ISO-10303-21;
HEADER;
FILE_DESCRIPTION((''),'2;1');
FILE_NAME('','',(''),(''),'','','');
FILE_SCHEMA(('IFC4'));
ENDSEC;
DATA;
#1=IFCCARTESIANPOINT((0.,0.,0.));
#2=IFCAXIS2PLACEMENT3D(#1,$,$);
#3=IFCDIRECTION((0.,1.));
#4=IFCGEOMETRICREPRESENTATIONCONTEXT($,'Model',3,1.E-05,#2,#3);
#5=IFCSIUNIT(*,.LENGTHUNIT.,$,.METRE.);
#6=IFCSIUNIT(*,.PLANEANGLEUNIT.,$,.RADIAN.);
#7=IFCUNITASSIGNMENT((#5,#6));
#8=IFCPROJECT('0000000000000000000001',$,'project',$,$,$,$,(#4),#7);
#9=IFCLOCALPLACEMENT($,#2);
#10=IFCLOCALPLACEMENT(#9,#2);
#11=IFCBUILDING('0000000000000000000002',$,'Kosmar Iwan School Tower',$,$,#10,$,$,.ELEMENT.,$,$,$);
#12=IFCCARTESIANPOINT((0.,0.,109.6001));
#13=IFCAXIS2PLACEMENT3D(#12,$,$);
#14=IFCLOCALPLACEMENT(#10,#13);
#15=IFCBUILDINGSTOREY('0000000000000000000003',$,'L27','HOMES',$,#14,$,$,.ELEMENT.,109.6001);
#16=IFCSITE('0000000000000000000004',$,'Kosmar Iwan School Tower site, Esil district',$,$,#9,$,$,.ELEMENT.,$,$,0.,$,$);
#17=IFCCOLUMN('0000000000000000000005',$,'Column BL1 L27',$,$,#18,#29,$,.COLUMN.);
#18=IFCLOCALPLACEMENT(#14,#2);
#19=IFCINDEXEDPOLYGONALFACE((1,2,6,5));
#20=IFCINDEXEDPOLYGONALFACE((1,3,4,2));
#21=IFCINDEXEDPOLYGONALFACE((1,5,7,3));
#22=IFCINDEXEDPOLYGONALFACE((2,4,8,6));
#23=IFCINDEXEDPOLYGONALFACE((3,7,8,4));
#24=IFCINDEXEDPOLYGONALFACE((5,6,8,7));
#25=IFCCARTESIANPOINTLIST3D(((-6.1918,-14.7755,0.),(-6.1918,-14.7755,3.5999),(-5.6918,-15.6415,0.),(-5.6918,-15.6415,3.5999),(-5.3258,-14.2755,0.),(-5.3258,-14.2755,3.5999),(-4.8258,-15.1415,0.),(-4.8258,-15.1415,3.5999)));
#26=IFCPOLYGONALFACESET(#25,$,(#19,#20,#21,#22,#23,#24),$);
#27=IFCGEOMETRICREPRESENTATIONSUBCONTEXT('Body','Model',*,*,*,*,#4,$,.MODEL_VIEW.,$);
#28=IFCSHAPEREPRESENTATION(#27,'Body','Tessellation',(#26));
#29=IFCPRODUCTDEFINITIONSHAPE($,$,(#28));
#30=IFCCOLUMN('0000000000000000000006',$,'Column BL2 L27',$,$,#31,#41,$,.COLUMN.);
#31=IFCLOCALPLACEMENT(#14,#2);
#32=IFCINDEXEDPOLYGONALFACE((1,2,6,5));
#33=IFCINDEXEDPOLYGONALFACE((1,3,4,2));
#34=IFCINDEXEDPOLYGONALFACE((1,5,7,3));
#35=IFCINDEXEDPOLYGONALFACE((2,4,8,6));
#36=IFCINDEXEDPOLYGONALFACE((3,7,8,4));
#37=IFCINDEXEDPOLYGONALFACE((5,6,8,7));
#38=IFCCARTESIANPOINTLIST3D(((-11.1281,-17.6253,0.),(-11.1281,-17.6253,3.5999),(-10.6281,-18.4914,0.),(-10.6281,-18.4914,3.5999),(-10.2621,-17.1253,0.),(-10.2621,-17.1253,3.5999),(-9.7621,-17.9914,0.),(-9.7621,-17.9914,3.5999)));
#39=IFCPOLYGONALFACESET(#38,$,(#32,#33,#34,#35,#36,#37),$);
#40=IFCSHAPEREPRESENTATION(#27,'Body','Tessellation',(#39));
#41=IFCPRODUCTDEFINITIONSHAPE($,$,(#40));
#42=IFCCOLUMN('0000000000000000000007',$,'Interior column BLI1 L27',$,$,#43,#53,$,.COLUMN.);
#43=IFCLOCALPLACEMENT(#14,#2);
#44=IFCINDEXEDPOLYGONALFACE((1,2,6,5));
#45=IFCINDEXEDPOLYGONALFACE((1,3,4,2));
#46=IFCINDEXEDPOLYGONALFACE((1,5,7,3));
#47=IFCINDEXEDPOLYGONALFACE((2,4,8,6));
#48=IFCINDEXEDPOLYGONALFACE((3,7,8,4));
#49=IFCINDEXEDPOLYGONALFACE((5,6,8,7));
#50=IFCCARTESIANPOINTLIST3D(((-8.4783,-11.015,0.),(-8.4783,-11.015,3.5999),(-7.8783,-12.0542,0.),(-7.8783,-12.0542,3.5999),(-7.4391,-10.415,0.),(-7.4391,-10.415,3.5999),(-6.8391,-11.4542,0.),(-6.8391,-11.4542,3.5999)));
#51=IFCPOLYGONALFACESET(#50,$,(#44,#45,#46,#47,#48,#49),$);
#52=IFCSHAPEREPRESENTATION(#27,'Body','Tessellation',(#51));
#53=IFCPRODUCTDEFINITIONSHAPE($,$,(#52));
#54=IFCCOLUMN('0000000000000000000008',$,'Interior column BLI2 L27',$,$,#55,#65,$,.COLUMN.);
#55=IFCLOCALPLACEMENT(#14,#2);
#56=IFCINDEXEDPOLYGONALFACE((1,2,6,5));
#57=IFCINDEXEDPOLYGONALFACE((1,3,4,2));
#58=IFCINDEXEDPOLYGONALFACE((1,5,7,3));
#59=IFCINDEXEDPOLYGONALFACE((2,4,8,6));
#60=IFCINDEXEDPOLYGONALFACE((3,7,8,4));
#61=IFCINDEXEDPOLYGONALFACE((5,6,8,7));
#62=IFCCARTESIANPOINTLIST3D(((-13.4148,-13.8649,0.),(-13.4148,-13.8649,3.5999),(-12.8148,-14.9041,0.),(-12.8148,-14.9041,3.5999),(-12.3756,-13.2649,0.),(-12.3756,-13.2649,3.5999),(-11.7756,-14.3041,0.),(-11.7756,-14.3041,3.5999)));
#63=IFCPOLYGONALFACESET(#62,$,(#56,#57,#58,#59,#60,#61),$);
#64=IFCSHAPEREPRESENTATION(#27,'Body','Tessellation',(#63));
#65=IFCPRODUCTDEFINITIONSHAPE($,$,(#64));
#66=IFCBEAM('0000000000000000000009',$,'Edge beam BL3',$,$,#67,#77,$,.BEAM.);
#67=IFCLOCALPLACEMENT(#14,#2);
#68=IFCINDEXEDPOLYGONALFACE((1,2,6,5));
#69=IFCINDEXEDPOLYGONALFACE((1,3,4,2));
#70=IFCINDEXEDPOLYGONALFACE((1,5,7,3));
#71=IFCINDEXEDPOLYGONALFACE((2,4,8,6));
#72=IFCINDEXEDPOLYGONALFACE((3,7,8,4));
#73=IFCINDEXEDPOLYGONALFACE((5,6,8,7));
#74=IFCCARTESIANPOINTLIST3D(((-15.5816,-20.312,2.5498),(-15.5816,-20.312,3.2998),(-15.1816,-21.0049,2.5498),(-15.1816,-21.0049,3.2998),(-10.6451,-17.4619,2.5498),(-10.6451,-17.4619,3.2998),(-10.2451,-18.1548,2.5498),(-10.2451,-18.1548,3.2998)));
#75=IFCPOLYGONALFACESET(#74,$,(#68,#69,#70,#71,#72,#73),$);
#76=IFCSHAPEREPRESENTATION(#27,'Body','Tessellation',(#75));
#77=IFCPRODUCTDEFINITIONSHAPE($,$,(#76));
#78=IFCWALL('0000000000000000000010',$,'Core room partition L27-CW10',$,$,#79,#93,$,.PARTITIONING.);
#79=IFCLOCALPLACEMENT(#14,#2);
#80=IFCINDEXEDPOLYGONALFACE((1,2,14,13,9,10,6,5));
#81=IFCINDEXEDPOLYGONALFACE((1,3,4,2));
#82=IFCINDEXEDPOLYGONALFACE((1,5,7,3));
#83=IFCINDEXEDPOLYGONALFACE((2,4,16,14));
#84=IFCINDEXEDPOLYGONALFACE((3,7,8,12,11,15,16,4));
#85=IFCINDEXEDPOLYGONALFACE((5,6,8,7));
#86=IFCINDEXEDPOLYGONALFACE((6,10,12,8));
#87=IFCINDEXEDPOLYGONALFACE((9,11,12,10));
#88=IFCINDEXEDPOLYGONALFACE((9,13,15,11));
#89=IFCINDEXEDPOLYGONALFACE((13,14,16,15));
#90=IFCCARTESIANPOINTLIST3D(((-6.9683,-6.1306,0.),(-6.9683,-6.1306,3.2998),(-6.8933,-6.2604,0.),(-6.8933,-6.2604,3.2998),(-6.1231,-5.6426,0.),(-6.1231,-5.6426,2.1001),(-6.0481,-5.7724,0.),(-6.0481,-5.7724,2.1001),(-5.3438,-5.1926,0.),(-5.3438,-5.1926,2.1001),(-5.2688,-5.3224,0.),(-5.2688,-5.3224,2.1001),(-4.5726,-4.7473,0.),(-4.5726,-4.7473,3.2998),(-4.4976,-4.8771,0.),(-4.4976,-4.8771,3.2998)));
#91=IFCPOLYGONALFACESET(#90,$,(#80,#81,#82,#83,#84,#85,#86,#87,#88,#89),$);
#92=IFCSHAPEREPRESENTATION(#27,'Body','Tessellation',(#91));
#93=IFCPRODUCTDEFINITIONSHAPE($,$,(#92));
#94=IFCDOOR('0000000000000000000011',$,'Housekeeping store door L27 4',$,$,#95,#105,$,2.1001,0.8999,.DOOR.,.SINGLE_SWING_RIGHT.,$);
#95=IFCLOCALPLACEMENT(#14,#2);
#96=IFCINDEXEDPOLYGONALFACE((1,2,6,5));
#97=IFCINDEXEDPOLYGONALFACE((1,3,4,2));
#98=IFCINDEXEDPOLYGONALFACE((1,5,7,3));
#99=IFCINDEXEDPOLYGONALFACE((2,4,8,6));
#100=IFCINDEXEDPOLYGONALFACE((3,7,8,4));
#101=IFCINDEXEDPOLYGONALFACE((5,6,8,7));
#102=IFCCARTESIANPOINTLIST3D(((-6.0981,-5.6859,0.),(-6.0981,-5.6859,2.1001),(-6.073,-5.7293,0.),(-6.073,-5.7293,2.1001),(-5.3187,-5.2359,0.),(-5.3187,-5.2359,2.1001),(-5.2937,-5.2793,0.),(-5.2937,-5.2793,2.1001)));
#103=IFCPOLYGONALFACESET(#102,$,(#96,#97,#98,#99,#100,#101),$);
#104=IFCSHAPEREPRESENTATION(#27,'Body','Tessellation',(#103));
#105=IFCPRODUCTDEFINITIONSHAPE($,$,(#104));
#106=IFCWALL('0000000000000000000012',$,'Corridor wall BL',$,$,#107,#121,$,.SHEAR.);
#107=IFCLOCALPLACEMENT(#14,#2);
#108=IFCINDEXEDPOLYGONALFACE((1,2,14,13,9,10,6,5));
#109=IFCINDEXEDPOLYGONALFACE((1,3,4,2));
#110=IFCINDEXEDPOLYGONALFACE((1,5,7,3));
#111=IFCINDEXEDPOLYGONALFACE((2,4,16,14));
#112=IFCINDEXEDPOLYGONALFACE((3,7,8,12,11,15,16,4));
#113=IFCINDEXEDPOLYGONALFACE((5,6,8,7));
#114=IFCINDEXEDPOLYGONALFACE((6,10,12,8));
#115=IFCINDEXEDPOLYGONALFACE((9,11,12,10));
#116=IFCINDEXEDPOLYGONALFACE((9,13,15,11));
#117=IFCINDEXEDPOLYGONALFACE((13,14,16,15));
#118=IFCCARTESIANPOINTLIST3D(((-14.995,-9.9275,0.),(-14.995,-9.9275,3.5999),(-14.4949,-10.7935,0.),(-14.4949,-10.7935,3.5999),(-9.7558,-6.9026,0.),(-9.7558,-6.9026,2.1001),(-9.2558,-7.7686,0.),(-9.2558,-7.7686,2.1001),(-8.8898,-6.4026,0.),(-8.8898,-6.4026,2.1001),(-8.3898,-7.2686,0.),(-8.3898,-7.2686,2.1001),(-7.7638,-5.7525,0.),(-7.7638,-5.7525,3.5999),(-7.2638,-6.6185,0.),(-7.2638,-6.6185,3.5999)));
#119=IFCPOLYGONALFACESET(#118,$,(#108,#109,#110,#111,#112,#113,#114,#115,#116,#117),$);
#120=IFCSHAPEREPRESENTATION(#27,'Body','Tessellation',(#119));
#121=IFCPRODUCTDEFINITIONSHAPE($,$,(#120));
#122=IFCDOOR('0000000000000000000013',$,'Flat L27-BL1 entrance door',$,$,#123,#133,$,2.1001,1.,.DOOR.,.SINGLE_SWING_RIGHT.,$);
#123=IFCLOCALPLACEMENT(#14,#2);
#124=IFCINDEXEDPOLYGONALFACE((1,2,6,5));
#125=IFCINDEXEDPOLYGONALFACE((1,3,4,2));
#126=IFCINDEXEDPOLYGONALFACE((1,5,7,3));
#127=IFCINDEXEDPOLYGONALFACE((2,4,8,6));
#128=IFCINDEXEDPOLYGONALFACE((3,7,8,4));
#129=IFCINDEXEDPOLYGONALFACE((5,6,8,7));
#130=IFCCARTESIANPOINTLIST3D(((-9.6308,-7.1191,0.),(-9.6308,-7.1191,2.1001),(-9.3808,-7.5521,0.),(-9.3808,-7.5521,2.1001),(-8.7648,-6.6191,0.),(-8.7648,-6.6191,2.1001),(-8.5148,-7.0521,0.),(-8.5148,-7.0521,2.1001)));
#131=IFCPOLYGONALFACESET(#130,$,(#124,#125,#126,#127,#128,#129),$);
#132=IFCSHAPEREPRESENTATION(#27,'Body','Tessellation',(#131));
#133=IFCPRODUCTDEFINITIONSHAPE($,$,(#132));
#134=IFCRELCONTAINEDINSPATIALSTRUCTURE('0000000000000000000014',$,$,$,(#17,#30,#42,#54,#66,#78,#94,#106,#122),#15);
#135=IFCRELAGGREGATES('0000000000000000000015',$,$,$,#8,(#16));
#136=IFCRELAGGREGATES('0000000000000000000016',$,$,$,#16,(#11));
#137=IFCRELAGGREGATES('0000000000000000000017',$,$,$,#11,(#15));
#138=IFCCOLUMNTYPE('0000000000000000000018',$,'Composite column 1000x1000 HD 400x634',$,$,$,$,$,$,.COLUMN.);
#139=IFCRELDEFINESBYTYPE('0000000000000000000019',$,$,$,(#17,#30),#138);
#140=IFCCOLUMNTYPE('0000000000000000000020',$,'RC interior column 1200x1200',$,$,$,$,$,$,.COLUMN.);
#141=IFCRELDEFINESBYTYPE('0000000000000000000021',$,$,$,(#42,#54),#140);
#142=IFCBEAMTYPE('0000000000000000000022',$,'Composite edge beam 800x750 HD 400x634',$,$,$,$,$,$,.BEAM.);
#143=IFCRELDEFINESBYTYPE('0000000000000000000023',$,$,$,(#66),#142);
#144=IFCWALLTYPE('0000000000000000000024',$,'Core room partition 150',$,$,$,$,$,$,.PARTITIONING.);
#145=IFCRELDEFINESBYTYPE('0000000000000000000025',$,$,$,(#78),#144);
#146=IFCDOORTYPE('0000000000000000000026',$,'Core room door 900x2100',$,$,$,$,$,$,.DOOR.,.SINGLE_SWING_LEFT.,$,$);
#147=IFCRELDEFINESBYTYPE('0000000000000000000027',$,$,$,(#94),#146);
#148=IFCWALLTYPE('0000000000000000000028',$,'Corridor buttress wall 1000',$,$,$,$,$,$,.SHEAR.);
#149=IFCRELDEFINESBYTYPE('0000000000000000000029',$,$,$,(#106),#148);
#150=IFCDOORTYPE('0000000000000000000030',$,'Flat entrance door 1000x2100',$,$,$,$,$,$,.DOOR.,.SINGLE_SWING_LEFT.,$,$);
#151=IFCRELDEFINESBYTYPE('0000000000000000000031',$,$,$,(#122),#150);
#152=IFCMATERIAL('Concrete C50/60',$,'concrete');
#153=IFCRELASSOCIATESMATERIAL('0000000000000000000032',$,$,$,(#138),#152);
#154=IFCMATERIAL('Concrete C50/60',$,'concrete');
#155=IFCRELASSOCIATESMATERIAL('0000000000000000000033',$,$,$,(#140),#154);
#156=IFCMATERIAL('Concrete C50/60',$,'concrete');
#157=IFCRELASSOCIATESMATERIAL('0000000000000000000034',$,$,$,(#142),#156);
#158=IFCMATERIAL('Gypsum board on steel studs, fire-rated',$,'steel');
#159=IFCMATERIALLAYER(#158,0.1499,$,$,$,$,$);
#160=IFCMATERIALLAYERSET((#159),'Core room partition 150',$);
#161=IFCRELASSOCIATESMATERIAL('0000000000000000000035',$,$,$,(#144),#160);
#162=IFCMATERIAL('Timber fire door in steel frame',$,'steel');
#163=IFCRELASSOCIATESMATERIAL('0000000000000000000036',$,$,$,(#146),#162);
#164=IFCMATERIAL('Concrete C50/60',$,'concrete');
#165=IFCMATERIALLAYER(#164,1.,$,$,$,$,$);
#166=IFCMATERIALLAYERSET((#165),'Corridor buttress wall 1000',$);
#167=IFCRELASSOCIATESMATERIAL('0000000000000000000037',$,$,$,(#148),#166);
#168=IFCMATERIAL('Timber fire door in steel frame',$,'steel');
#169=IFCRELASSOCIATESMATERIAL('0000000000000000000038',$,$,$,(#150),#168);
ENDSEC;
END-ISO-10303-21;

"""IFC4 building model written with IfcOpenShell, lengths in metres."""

from ifc_helpers import new_model, si_unit, direction, frame, frame_2d, origin, origin_2d, place, context, subcontext, project, spatial, rectangle, extrude, material, layer, layer_set, material_profile, profile_set, type_object, element, fill, save


model = new_model("IFC4")

# Units and contexts
model_context = context("Model", 3, precision=1e-05, world=origin(), true_north=direction((0.0, 1.0)))
body_context = subcontext(model_context, "Body", "Model", "MODEL_VIEW")
ifc_project = project(units=[si_unit("LENGTHUNIT", "METRE"), si_unit("PLANEANGLEUNIT", "RADIAN")], contexts=[model_context])

# Site, building, storey
site_placement = place(None, origin())
site = spatial("IfcSite", under=ifc_project, at=site_placement, Name="Kosmar Iwan School Tower site, Esil district", CompositionType="ELEMENT", RefElevation=0.0)
building_placement = place(site_placement, origin())
building = spatial("IfcBuilding", under=site, at=building_placement, Name="Kosmar Iwan School Tower", CompositionType="ELEMENT")
storey_placement = place(building_placement, frame((0.0, 0.0, 109.6001)))
storey = spatial("IfcBuildingStorey", under=building, at=storey_placement, Name="L27", Description="HOMES", CompositionType="ELEMENT", Elevation=109.6001)

# Columns
ifc_material_1 = material(Name="Concrete C50/60", Category="concrete")
ifc_material_profile_1 = material_profile(ifc_material_1, rectangle(XDim=1.0, YDim=1.0, at=origin_2d()), Name="RC 1000x1000 + HD 400x634")
ifc_profile_set_1 = profile_set([ifc_material_profile_1], Name="Concrete C50/60")
column_type_1 = type_object("IfcColumnType", Name="Composite column 1000x1000 HD 400x634", PredefinedType="COLUMN", material=ifc_profile_set_1)
for number, where, z_axis, x_axis, name in (
    (1, (-5.5088, -14.9585, 0.0), (0.0, 0.0, 1.0), (-0.866025, -0.5, 0.0), "Column BL1 L27"),
    (2, (-10.4451, -17.8083, 0.0), (0.0, 0.0, 1.0), (-0.866025, -0.5, 0.0), "Column BL2 L27"),
):
    element("IfcColumn", number, at=place(storey_placement, frame(where, z_axis=z_axis, x_axis=x_axis)), inside=storey, type_object=column_type_1, Name=name, PredefinedType="COLUMN", context=body_context, shape_type="SweptSolid", body=[
        extrude(rectangle(XDim=1.0, YDim=1.0, at=origin_2d()), origin(), (0.0, 0.0, 1.0), 3.5999),
    ])
ifc_material_2 = material(Name="Concrete C50/60", Category="concrete")
ifc_material_profile_2 = material_profile(ifc_material_2, rectangle(XDim=1.2, YDim=1.2, at=origin_2d()), Name="RC 1200x1200")
ifc_profile_set_2 = profile_set([ifc_material_profile_2], Name="Concrete C50/60")
column_type_2 = type_object("IfcColumnType", Name="RC interior column 1200x1200", PredefinedType="COLUMN", material=ifc_profile_set_2)
for number, where, z_axis, x_axis, name in (
    (3, (-7.6587, -11.2346, 0.0), (0.0, 0.0, 1.0), (-0.866025, -0.5, 0.0), "Interior column BLI1 L27"),
    (4, (-12.5952, -14.0845, 0.0), (0.0, 0.0, 1.0), (-0.866025, -0.5, 0.0), "Interior column BLI2 L27"),
):
    element("IfcColumn", number, at=place(storey_placement, frame(where, z_axis=z_axis, x_axis=x_axis)), inside=storey, type_object=column_type_2, Name=name, PredefinedType="COLUMN", context=body_context, shape_type="SweptSolid", body=[
        extrude(rectangle(XDim=1.2, YDim=1.2, at=origin_2d()), origin(), (0.0, 0.0, 1.0), 3.5999),
    ])

# Beam
ifc_material_3 = material(Name="Concrete C50/60", Category="concrete")
ifc_material_profile_3 = material_profile(ifc_material_3, rectangle(XDim=0.8, YDim=0.75, at=origin_2d()), Name="RC 800x750 + HD 400x634")
ifc_profile_set_3 = profile_set([ifc_material_profile_3], Name="Concrete C50/60")
beam_type = type_object("IfcBeamType", Name="Composite edge beam 800x750 HD 400x634", PredefinedType="BEAM", material=ifc_profile_set_3)
beam_placement = place(storey_placement, frame((-10.4451, -17.8083, 2.9248), z_axis=(-0.866026, -0.499999, 0.0), x_axis=(0.499999, -0.866026, 0.0)))
element("IfcBeam", 5, at=beam_placement, inside=storey, type_object=beam_type, Name="Edge beam BL3", PredefinedType="BEAM", context=body_context, shape_type="SweptSolid", body=[
    extrude(rectangle(XDim=0.8, YDim=0.75, at=origin_2d()), origin(), (0.0, 0.0, 1.0), 5.7002),
])

# Walls, openings, doors
ifc_material_4 = material(Name="Gypsum board on steel studs, fire-rated", Category="steel")
ifc_layer_1 = layer(ifc_material_4, 0.1499)
ifc_layer_set_1 = layer_set([ifc_layer_1], Name="Core room partition 150")
wall_type_1 = type_object("IfcWallType", Name="Core room partition 150", PredefinedType="PARTITIONING", material=ifc_layer_set_1)
wall_1_placement = place(storey_placement, frame((-6.9309, -6.1956, 0.0), z_axis=(0.0, 0.0, 1.0), x_axis=(0.866008, 0.500031, 0.0)))
wall_1 = element("IfcWall", 6, at=wall_1_placement, inside=storey, type_object=wall_type_1, Name="Core room partition L27-CW10", PredefinedType="PARTITIONING", context=body_context, shape_type="SweptSolid", body=[
    extrude(rectangle(XDim=2.7664, YDim=0.1499, at=frame_2d((1.3833, 0.0))), origin(), (0.0, 0.0, 1.0), 3.2998),
])
opening_1_placement = place(wall_1_placement, frame((0.9761, 0.0, 0.0)))
opening_1 = element("IfcOpeningElement", 7, at=opening_1_placement, cuts=wall_1, PredefinedType="OPENING", context=body_context, shape_type="SweptSolid", body=[
    extrude(rectangle(XDim=0.8999, YDim=2.1001, at=frame_2d((0.45, 1.05))), frame((0.0, 0.0869, 0.0), z_axis=(0.0, -1.0, 0.0), x_axis=(1.0, 0.0, 0.0)), (0.0, 0.0, 1.0), 0.1738),
])
ifc_material_5 = material(Name="Timber fire door in steel frame", Category="steel")
door_type_1 = type_object("IfcDoorType", Name="Core room door 900x2100", OperationType="SINGLE_SWING_LEFT", PredefinedType="DOOR", material=ifc_material_5)
door_1_placement = place(opening_1_placement, origin())
door_1 = element("IfcDoor", 8, at=door_1_placement, inside=storey, type_object=door_type_1, Name="Housekeeping store door L27 4", OperationType="SINGLE_SWING_RIGHT", OverallHeight=2.1001, OverallWidth=0.8999, PredefinedType="DOOR", context=body_context, shape_type="SweptSolid", body=[
    extrude(rectangle(XDim=0.8999, YDim=2.1001, at=frame_2d((0.45, 1.05))), frame((0.0, 0.0249, 0.0), z_axis=(0.0, -1.0, 0.0), x_axis=(1.0, 0.0, 0.0)), (0.0, 0.0, 1.0), 0.05),
])
fill(opening_1, door_1)
ifc_material_6 = material(Name="Concrete C50/60", Category="concrete")
ifc_layer_2 = layer(ifc_material_6, 1.0)
ifc_layer_set_2 = layer_set([ifc_layer_2], Name="Corridor buttress wall 1000")
wall_type_2 = type_object("IfcWallType", Name="Corridor buttress wall 1000", PredefinedType="SHEAR", material=ifc_layer_set_2)
wall_2_placement = place(storey_placement, frame((-7.5139, -6.1855, 0.0), z_axis=(0.0, 0.0, 1.0), x_axis=(-0.86602, -0.50001, 0.0)))
wall_2 = element("IfcWall", 9, at=wall_2_placement, inside=storey, type_object=wall_type_2, Name="Corridor wall BL", PredefinedType="SHEAR", context=body_context, shape_type="SweptSolid", body=[
    extrude(rectangle(XDim=8.3499, YDim=1.0, at=frame_2d((4.1748, 0.0))), origin(), (0.0, 0.0, 1.0), 3.5999),
])
opening_2_placement = place(wall_2_placement, frame((1.3, 0.0, 0.0)))
opening_2 = element("IfcOpeningElement", 10, at=opening_2_placement, cuts=wall_2, PredefinedType="OPENING", context=body_context, shape_type="SweptSolid", body=[
    extrude(rectangle(XDim=1.0, YDim=2.1001, at=frame_2d((0.5, 1.05))), frame((0.0, 0.512, 0.0), z_axis=(0.0, -1.0, 0.0), x_axis=(1.0, 0.0, 0.0)), (0.0, 0.0, 1.0), 1.0239),
])
ifc_material_7 = material(Name="Timber fire door in steel frame", Category="steel")
door_type_2 = type_object("IfcDoorType", Name="Flat entrance door 1000x2100", OperationType="SINGLE_SWING_LEFT", PredefinedType="DOOR", material=ifc_material_7)
door_2_placement = place(opening_2_placement, origin())
door_2 = element("IfcDoor", 11, at=door_2_placement, inside=storey, type_object=door_type_2, Name="Flat L27-BL1 entrance door", OperationType="SINGLE_SWING_RIGHT", OverallHeight=2.1001, OverallWidth=1.0, PredefinedType="DOOR", context=body_context, shape_type="SweptSolid", body=[
    extrude(rectangle(XDim=1.0, YDim=2.1001, at=frame_2d((0.5, 1.05))), frame((0.0, 0.25, 0.0), z_axis=(0.0, -1.0, 0.0), x_axis=(1.0, 0.0, 0.0)), (0.0, 0.0, 1.0), 0.5),
])
fill(opening_2, door_2)

save(model, "model.ifc")
